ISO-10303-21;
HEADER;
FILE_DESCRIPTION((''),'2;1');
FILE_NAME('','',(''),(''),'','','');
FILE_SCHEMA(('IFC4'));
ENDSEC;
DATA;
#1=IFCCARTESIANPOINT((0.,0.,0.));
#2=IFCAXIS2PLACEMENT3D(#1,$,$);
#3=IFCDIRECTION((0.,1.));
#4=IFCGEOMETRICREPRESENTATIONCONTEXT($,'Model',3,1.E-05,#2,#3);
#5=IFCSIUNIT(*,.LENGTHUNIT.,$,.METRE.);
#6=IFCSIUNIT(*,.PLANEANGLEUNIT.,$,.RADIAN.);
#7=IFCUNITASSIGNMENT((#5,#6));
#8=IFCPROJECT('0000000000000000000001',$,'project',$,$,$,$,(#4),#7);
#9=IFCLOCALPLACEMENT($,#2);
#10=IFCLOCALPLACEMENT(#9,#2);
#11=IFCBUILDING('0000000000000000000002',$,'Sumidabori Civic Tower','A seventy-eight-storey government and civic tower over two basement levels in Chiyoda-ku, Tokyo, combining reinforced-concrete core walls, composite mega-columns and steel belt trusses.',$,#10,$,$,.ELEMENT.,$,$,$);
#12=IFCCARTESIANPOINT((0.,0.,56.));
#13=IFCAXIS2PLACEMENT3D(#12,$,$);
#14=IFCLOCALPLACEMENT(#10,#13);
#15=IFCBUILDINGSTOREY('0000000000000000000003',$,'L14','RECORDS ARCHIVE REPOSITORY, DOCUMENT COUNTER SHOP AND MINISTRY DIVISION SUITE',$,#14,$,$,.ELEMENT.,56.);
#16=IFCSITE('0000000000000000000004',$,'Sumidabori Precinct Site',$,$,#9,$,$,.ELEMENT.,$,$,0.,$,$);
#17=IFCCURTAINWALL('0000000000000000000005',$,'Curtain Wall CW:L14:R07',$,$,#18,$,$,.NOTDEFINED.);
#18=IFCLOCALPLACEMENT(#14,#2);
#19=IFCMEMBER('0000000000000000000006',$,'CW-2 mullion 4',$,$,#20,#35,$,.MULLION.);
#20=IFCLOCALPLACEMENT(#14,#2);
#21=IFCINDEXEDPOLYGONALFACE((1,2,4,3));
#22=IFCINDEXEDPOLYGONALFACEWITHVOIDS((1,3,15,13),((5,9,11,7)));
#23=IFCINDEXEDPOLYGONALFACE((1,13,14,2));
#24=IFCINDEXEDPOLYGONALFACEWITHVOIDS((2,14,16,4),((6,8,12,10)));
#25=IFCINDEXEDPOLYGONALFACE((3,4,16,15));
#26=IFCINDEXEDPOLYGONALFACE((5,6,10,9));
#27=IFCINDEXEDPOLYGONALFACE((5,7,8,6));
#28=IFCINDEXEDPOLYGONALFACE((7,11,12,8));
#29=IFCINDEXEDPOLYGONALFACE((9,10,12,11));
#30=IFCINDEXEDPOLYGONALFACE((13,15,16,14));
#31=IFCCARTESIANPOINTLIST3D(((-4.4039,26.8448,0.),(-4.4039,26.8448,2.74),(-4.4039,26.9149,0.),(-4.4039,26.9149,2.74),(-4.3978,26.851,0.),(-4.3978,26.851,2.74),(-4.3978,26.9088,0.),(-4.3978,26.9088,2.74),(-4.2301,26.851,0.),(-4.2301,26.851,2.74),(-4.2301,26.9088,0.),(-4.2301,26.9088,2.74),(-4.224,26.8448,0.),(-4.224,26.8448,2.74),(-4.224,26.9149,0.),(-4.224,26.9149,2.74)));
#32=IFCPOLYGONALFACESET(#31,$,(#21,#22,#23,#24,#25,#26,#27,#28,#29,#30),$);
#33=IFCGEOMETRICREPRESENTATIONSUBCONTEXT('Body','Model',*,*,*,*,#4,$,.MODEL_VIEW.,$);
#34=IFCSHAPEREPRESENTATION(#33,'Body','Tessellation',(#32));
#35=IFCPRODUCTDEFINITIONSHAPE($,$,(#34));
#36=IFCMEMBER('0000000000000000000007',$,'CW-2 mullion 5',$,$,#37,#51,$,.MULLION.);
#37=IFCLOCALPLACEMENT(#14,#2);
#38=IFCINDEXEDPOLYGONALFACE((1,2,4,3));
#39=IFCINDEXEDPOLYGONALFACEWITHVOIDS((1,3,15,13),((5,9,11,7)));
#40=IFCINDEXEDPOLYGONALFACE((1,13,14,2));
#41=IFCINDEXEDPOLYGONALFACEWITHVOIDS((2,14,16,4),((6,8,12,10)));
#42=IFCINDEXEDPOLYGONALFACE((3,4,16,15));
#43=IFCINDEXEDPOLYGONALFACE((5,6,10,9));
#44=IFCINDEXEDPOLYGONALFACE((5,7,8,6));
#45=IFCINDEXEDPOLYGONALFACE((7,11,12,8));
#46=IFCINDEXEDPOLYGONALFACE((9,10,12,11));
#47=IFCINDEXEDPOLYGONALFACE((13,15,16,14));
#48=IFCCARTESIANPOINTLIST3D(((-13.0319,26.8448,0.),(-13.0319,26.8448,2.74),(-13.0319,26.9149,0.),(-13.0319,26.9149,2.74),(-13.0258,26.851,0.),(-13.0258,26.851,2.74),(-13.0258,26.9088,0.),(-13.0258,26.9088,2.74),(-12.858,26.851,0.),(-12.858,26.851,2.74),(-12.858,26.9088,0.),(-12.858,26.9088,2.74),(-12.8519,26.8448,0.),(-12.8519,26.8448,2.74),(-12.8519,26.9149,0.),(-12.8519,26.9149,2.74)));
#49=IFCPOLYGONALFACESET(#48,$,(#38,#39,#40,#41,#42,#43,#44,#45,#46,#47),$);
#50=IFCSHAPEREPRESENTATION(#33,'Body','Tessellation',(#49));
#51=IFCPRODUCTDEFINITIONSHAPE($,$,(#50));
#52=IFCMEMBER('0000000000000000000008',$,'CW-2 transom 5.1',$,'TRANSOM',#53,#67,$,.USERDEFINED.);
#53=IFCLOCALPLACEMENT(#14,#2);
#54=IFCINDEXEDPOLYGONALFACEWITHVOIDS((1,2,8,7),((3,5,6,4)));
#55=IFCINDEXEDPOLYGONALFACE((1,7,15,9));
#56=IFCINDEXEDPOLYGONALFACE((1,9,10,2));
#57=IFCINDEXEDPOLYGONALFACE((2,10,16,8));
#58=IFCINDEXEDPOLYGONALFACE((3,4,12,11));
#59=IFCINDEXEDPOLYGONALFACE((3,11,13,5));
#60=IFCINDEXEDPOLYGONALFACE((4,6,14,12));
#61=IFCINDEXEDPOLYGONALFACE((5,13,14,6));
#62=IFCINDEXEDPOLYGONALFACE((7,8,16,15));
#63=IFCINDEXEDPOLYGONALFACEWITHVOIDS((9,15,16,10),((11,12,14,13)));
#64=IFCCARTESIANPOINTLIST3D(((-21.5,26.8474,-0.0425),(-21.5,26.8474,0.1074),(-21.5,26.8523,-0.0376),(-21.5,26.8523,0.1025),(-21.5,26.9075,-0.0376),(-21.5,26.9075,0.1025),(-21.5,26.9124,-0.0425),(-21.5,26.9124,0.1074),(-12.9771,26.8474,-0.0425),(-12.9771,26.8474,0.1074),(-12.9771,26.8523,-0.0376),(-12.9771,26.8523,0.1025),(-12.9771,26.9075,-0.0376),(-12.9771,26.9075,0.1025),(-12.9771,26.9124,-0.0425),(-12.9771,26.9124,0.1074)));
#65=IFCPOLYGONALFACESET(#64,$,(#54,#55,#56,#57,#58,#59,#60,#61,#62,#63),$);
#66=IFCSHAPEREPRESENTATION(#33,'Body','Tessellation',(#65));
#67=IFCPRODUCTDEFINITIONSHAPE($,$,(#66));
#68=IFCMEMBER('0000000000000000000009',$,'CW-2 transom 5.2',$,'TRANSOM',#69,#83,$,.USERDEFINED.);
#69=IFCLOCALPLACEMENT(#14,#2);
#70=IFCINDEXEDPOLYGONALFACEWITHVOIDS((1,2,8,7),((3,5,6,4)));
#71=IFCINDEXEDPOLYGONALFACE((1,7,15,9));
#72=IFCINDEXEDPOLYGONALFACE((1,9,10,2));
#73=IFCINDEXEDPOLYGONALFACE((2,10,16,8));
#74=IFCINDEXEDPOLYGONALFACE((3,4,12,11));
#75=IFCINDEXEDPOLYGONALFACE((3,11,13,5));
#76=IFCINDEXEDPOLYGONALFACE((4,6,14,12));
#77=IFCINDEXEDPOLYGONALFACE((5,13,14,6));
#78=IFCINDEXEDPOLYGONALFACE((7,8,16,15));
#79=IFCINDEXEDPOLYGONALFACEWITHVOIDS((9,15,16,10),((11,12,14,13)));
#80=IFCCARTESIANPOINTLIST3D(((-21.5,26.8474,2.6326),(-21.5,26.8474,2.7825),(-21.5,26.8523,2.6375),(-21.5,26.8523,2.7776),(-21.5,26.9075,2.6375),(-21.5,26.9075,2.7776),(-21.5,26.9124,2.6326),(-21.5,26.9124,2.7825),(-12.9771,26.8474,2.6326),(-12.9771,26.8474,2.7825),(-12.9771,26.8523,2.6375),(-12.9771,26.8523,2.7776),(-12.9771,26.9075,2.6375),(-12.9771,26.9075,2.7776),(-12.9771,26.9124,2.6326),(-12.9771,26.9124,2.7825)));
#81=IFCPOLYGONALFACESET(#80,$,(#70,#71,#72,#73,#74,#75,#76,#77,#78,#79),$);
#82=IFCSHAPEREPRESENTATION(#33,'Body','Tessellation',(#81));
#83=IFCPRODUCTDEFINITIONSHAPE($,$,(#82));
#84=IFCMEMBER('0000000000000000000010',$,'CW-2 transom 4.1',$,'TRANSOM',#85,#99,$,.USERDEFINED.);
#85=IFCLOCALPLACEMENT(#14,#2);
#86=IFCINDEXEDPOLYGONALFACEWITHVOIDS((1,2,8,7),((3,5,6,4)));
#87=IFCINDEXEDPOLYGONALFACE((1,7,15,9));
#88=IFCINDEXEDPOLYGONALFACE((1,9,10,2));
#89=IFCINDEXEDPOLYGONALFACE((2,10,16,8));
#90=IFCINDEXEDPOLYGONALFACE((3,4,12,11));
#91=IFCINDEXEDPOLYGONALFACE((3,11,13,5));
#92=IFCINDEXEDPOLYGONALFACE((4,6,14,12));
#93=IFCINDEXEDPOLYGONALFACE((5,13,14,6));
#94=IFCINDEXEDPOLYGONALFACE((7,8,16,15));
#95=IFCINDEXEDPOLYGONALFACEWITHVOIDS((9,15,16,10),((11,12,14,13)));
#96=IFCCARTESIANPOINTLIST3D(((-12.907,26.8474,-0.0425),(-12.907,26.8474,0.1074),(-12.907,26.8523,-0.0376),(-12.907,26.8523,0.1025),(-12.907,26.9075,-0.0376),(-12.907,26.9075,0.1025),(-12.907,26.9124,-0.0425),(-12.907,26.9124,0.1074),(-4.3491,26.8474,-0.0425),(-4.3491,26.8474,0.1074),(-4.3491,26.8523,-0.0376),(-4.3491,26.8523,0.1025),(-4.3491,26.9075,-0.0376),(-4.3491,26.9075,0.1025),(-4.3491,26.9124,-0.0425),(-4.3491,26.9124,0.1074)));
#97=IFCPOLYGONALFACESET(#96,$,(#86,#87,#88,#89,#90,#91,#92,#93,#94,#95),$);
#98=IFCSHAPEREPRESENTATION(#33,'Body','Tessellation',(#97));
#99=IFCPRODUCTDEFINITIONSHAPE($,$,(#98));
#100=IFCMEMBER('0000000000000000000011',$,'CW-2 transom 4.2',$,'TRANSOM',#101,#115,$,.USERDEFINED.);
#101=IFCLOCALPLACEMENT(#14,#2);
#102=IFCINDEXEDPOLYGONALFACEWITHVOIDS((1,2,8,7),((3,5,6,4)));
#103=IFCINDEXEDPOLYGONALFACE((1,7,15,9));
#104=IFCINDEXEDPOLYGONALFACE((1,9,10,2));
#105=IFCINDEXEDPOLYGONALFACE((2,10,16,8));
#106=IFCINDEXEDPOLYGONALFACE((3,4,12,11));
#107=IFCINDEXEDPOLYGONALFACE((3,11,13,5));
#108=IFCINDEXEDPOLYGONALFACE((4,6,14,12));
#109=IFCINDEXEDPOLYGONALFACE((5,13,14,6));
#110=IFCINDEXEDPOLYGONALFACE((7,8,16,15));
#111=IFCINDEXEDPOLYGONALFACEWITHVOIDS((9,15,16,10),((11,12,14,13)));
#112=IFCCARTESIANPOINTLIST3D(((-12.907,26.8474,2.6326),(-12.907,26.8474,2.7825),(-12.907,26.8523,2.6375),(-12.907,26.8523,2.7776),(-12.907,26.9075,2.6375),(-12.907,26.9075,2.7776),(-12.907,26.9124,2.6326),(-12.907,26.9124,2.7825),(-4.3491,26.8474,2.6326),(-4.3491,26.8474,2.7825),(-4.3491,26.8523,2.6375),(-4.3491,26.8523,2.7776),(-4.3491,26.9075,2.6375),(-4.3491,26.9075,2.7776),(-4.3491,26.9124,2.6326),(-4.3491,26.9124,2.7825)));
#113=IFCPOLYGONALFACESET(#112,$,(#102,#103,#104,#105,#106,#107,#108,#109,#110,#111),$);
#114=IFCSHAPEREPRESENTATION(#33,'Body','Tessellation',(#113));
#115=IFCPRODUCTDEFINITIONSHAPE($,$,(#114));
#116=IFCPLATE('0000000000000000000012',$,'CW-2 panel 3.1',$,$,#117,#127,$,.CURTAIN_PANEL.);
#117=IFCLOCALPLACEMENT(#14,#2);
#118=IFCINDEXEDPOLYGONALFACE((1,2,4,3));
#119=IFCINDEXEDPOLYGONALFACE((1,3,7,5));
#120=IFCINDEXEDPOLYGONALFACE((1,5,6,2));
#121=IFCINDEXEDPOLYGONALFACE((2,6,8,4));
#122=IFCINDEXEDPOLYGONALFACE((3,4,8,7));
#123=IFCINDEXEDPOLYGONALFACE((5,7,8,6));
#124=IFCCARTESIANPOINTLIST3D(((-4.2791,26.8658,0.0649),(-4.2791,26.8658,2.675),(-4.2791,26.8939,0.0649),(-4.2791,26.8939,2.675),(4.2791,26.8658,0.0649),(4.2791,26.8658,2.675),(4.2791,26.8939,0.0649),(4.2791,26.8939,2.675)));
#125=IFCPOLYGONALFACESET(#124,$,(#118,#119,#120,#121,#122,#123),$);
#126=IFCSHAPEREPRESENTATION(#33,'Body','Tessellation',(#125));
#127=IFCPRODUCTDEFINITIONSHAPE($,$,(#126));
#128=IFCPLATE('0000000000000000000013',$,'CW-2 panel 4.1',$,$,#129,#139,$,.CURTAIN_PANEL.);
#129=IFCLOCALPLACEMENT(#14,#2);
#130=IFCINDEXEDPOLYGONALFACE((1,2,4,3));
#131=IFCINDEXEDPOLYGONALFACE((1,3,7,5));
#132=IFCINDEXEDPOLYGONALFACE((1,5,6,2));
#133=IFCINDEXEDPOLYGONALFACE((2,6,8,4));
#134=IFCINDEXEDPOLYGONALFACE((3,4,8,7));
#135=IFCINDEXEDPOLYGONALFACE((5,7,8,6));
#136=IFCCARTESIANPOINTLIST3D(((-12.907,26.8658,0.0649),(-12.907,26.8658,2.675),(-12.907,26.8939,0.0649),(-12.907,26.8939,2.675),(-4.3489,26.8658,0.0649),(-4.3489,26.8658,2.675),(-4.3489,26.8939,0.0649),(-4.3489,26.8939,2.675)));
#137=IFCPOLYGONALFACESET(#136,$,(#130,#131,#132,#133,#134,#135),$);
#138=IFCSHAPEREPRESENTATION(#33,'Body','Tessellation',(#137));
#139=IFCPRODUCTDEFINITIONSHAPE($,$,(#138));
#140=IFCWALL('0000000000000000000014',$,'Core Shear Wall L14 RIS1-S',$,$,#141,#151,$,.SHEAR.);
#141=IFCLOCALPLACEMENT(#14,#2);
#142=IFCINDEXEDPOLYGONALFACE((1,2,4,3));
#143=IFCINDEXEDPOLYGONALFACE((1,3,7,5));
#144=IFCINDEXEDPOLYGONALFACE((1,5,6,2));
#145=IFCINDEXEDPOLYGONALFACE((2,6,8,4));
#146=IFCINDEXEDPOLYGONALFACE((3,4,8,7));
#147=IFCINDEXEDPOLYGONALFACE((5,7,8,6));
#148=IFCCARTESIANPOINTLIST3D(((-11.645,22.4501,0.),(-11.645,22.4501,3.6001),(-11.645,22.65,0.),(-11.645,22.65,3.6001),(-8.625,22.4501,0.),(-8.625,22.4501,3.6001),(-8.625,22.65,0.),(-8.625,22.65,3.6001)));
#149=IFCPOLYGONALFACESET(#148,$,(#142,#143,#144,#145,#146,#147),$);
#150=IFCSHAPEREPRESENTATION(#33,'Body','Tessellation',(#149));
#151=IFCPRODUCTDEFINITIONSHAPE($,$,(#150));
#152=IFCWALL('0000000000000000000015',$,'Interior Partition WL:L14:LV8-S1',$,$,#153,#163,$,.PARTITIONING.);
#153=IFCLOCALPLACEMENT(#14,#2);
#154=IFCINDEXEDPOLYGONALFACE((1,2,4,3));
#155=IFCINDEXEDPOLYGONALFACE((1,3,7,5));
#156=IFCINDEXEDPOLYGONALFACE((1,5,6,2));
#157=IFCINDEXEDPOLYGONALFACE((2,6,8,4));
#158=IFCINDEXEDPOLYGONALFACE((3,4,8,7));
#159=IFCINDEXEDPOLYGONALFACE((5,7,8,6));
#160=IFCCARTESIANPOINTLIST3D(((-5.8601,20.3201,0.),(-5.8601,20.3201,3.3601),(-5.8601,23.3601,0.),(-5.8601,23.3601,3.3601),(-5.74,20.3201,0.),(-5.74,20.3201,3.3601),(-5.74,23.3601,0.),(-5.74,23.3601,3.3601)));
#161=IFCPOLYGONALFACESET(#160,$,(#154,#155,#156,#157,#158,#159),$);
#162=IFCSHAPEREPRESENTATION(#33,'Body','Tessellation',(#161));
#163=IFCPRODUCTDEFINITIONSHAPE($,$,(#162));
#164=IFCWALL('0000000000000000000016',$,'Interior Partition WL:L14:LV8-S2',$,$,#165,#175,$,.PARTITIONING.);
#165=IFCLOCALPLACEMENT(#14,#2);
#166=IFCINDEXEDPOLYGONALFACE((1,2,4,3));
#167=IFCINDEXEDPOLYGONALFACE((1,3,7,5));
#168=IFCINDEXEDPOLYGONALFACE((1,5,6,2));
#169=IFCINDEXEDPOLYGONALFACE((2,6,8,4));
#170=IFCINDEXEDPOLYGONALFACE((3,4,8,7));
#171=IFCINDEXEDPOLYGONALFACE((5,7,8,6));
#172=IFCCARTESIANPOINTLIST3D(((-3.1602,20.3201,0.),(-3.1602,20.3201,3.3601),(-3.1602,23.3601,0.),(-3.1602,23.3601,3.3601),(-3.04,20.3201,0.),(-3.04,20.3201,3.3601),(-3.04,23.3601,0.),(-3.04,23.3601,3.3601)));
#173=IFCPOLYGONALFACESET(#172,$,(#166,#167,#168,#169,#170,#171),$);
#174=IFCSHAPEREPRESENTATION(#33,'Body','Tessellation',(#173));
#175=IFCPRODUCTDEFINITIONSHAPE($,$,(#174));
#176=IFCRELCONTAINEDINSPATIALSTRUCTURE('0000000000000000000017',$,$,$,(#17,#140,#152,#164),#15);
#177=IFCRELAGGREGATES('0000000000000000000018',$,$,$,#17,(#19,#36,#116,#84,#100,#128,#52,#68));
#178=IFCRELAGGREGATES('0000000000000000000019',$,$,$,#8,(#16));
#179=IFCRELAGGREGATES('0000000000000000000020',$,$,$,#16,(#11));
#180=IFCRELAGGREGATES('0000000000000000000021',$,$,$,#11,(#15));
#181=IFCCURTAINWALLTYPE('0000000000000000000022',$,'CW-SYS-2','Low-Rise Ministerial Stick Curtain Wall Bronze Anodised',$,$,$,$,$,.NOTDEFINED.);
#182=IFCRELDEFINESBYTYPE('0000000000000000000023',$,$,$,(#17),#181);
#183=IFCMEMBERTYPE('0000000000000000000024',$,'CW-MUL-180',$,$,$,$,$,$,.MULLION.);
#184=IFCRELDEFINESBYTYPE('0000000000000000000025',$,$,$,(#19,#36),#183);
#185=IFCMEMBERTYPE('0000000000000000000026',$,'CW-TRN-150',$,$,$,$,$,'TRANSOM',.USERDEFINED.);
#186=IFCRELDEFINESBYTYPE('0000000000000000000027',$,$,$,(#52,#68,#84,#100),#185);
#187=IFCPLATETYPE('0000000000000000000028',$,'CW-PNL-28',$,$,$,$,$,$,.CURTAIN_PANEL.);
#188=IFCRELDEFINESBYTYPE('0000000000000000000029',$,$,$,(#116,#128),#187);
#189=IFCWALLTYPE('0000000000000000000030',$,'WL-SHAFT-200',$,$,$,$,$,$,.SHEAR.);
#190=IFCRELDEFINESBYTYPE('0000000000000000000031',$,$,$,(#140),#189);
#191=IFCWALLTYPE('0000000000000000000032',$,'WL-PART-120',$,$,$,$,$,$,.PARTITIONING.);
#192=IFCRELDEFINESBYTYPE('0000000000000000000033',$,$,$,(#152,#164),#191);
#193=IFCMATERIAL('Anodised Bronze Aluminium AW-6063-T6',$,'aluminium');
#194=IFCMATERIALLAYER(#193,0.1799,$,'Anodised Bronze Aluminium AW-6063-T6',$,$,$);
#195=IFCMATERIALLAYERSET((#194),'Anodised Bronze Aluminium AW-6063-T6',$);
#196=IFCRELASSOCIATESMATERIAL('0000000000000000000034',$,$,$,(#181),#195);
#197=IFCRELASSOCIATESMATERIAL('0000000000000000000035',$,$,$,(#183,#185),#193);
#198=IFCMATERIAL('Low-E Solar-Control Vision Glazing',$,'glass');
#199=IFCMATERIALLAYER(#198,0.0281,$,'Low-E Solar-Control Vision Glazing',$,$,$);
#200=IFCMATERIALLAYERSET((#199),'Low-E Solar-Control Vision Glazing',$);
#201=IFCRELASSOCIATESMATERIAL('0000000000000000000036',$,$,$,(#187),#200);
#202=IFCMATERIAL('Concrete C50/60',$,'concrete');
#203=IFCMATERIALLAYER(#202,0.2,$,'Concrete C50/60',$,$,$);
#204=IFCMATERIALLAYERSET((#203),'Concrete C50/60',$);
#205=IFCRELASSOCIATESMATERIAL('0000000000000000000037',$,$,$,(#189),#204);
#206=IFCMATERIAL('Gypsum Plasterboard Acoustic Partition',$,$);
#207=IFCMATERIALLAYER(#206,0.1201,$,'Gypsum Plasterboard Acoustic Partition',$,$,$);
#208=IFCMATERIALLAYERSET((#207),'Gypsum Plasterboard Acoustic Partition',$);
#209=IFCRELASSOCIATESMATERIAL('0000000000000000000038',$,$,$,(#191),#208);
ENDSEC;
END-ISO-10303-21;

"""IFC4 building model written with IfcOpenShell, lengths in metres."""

from ifc_helpers import new_model, si_unit, direction, frame, frame_2d, origin, origin_2d, place, context, subcontext, project, spatial, rectangle, hollow_rectangle, extrude, source, transform, mapped, material, layer, layer_set, material_profile, profile_set, type_object, element, aggregate, save


model = new_model("IFC4")

# Units and contexts
model_context = context("Model", 3, precision=1e-05, world=origin(), true_north=direction((0.0, 1.0)))
body_context = subcontext(model_context, "Body", "Model", "MODEL_VIEW")
ifc_project = project(units=[si_unit("LENGTHUNIT", "METRE"), si_unit("PLANEANGLEUNIT", "RADIAN")], contexts=[model_context])

# Site, building, storey
site_placement = place(None, origin())
site = spatial("IfcSite", under=ifc_project, at=site_placement, Name="Sumidabori Precinct Site", CompositionType="ELEMENT", RefElevation=0.0)
building_placement = place(site_placement, origin())
building = spatial("IfcBuilding", under=site, at=building_placement, Name="Sumidabori Civic Tower", Description="A seventy-eight-storey government and civic tower over two basement levels in Chiyoda-ku, Tokyo, combining reinforced-concrete core walls, composite mega-columns and steel belt trusses.", CompositionType="ELEMENT")
storey_placement = place(building_placement, frame((0.0, 0.0, 56.0)))
storey = spatial("IfcBuildingStorey", under=building, at=storey_placement, Name="L14", Description="RECORDS ARCHIVE REPOSITORY, DOCUMENT COUNTER SHOP AND MINISTRY DIVISION SUITE", CompositionType="ELEMENT", Elevation=56.0)

# Curtain wall, members, plates
ifc_material_1 = material(Name="Anodised Bronze Aluminium AW-6063-T6", Category="aluminium")
ifc_layer_1 = layer(ifc_material_1, 0.1799, Name="Anodised Bronze Aluminium AW-6063-T6")
ifc_layer_set_1 = layer_set([ifc_layer_1], Name="Anodised Bronze Aluminium AW-6063-T6")
curtain_wall_type = type_object("IfcCurtainWallType", Name="CW-SYS-2", Description="Low-Rise Ministerial Stick Curtain Wall Bronze Anodised", PredefinedType="NOTDEFINED", material=ifc_layer_set_1)
curtain_wall_placement = place(storey_placement, origin())
curtain_wall = element("IfcCurtainWall", 1, at=curtain_wall_placement, inside=storey, type_object=curtain_wall_type, Name="Curtain Wall CW:L14:R07", PredefinedType="NOTDEFINED")
ifc_material_profile_1 = material_profile(ifc_material_1, hollow_rectangle(XDim=0.0701, YDim=0.1799, WallThickness=0.0061, at=origin_2d()), Name="ALU MULLION 180x70")
ifc_profile_set_1 = profile_set([ifc_material_profile_1], Name="Anodised Bronze Aluminium AW-6063-T6")
member_type_1 = type_object("IfcMemberType", Name="CW-MUL-180", PredefinedType="MULLION", material=ifc_profile_set_1)
shared_shape_1 = source(origin(), body_context, "Body", "SweptSolid", [
    extrude(hollow_rectangle(XDim=0.0701, YDim=0.1799, WallThickness=0.0061, at=origin_2d()), origin(), (0.0, 0.0, 1.0), 2.74),
])
member_1_placement = place(storey_placement, frame((-4.314, 26.8799, 0.0), z_axis=(0.0, 0.0, 1.0), x_axis=(0.0, -1.0, 0.0)))
member_1 = element("IfcMember", 2, at=member_1_placement, type_object=member_type_1, Name="CW-2 mullion 4", PredefinedType="MULLION", context=body_context, shape_type="MappedRepresentation", body=[
    mapped(shared_shape_1, transform((0.0, 0.0, 0.0), x_axis=(1.0, 0.0, 0.0), y_axis=(0.0, 1.0, 0.0), z_axis=(0.0, 0.0, 1.0), scale=1.0)),
])
member_2_placement = place(storey_placement, frame((-12.9419, 26.8799, 0.0), z_axis=(0.0, 0.0, 1.0), x_axis=(0.0, -1.0, 0.0)))
member_2 = element("IfcMember", 3, at=member_2_placement, type_object=member_type_1, Name="CW-2 mullion 5", PredefinedType="MULLION", context=body_context, shape_type="MappedRepresentation", body=[
    mapped(shared_shape_1, transform((0.0, 0.0, 0.0), x_axis=(1.0, 0.0, 0.0), y_axis=(0.0, 1.0, 0.0), z_axis=(0.0, 0.0, 1.0), scale=1.0)),
])
ifc_material_profile_2 = material_profile(ifc_material_1, hollow_rectangle(XDim=0.0649, YDim=0.1499, WallThickness=0.0049, at=origin_2d()), Name="ALU TRANSOM 150x65")
ifc_profile_set_2 = profile_set([ifc_material_profile_2], Name="Anodised Bronze Aluminium AW-6063-T6")
member_type_2 = type_object("IfcMemberType", Name="CW-TRN-150", ElementType="TRANSOM", PredefinedType="USERDEFINED", material=ifc_profile_set_2)
shared_shape_2 = source(origin(), body_context, "Body", "SweptSolid", [
    extrude(hollow_rectangle(XDim=0.0649, YDim=0.1499, WallThickness=0.0049, at=origin_2d()), origin(), (0.0, 0.0, 1.0), 8.5229),
])
member_3_placement = place(storey_placement, frame((-12.9771, 26.8799, 0.0325), z_axis=(-1.0, 0.0, 0.0), x_axis=(0.0, -1.0, 0.0)))
member_3 = element("IfcMember", 4, at=member_3_placement, type_object=member_type_2, Name="CW-2 transom 5.1", ObjectType="TRANSOM", PredefinedType="USERDEFINED", context=body_context, shape_type="MappedRepresentation", body=[
    mapped(shared_shape_2, transform((0.0, 0.0, 0.0), x_axis=(1.0, 0.0, 0.0), y_axis=(0.0, 1.0, 0.0), z_axis=(0.0, 0.0, 1.0), scale=1.0)),
])
member_4_placement = place(storey_placement, frame((-12.9771, 26.8799, 2.7075), z_axis=(-1.0, 0.0, 0.0), x_axis=(0.0, -1.0, 0.0)))
member_4 = element("IfcMember", 5, at=member_4_placement, type_object=member_type_2, Name="CW-2 transom 5.2", ObjectType="TRANSOM", PredefinedType="USERDEFINED", context=body_context, shape_type="MappedRepresentation", body=[
    mapped(shared_shape_2, transform((0.0, 0.0, 0.0), x_axis=(1.0, 0.0, 0.0), y_axis=(0.0, 1.0, 0.0), z_axis=(0.0, 0.0, 1.0), scale=1.0)),
])
shared_shape_3 = source(origin(), body_context, "Body", "SweptSolid", [
    extrude(hollow_rectangle(XDim=0.0649, YDim=0.1499, WallThickness=0.0049, at=origin_2d()), origin(), (0.0, 0.0, 1.0), 8.5579),
])
member_5_placement = place(storey_placement, frame((-4.3491, 26.8799, 0.0325), z_axis=(-1.0, 0.0, 0.0), x_axis=(0.0, -1.0, 0.0)))
member_5 = element("IfcMember", 6, at=member_5_placement, type_object=member_type_2, Name="CW-2 transom 4.1", ObjectType="TRANSOM", PredefinedType="USERDEFINED", context=body_context, shape_type="MappedRepresentation", body=[
    mapped(shared_shape_3, transform((0.0, 0.0, 0.0), x_axis=(1.0, 0.0, 0.0), y_axis=(0.0, 1.0, 0.0), z_axis=(0.0, 0.0, 1.0), scale=1.0)),
])
member_6_placement = place(storey_placement, frame((-4.3491, 26.8799, 2.7075), z_axis=(-1.0, 0.0, 0.0), x_axis=(0.0, -1.0, 0.0)))
member_6 = element("IfcMember", 7, at=member_6_placement, type_object=member_type_2, Name="CW-2 transom 4.2", ObjectType="TRANSOM", PredefinedType="USERDEFINED", context=body_context, shape_type="MappedRepresentation", body=[
    mapped(shared_shape_3, transform((0.0, 0.0, 0.0), x_axis=(1.0, 0.0, 0.0), y_axis=(0.0, 1.0, 0.0), z_axis=(0.0, 0.0, 1.0), scale=1.0)),
])
ifc_material_2 = material(Name="Low-E Solar-Control Vision Glazing", Category="glass")
ifc_layer_2 = layer(ifc_material_2, 0.0281, Name="Low-E Solar-Control Vision Glazing")
ifc_layer_set_2 = layer_set([ifc_layer_2], Name="Low-E Solar-Control Vision Glazing")
plate_type = type_object("IfcPlateType", Name="CW-PNL-28", PredefinedType="CURTAIN_PANEL", material=ifc_layer_set_2)
shared_shape_4 = source(origin(), body_context, "Body", "SweptSolid", [
    extrude(rectangle(XDim=8.5581, YDim=0.0281, at=origin_2d()), origin(), (0.0, 0.0, 1.0), 2.6101),
])
plate_1_placement = place(storey_placement, frame((0.0, 26.8799, 0.0649), z_axis=(0.0, 0.0, 1.0), x_axis=(-1.0, 0.0, 0.0)))
plate_1 = element("IfcPlate", 8, at=plate_1_placement, type_object=plate_type, Name="CW-2 panel 3.1", PredefinedType="CURTAIN_PANEL", context=body_context, shape_type="MappedRepresentation", body=[
    mapped(shared_shape_4, transform((0.0, 0.0, 0.0), x_axis=(1.0, 0.0, 0.0), y_axis=(0.0, 1.0, 0.0), z_axis=(0.0, 0.0, 1.0), scale=1.0)),
])
plate_2_placement = place(storey_placement, frame((-8.6279, 26.8799, 0.0649), z_axis=(0.0, 0.0, 1.0), x_axis=(-1.0, 0.0, 0.0)))
plate_2 = element("IfcPlate", 9, at=plate_2_placement, type_object=plate_type, Name="CW-2 panel 4.1", PredefinedType="CURTAIN_PANEL", context=body_context, shape_type="MappedRepresentation", body=[
    mapped(shared_shape_4, transform((0.0, 0.0, 0.0), x_axis=(1.0, 0.0, 0.0), y_axis=(0.0, 1.0, 0.0), z_axis=(0.0, 0.0, 1.0), scale=1.0)),
])
aggregate(curtain_wall, [member_1, member_2, plate_1, member_5, member_6, plate_2, member_3, member_4])

# Wall
ifc_material_3 = material(Name="Concrete C50/60", Category="concrete")
ifc_layer_3 = layer(ifc_material_3, 0.2, Name="Concrete C50/60")
ifc_layer_set_3 = layer_set([ifc_layer_3], Name="Concrete C50/60")
wall_type_1 = type_object("IfcWallType", Name="WL-SHAFT-200", PredefinedType="SHEAR", material=ifc_layer_set_3)
shared_shape_5 = source(origin(), body_context, "Body", "SweptSolid", [
    extrude(rectangle(XDim=3.02, YDim=0.2, at=frame_2d((1.51, 0.0))), origin(), (0.0, 0.0, 1.0), 3.6001),
])
wall_1_placement = place(storey_placement, frame((-11.645, 22.55, 0.0), z_axis=(0.0, 0.0, 1.0), x_axis=(1.0, 0.0, 0.0)))
element("IfcWall", 10, at=wall_1_placement, inside=storey, type_object=wall_type_1, Name="Core Shear Wall L14 RIS1-S", PredefinedType="SHEAR", context=body_context, shape_type="MappedRepresentation", body=[
    mapped(shared_shape_5, transform((0.0, 0.0, 0.0), x_axis=(1.0, 0.0, 0.0), y_axis=(0.0, 1.0, 0.0), z_axis=(0.0, 0.0, 1.0), scale=1.0)),
])

# Shared definitions
ifc_material_4 = material(Name="Gypsum Plasterboard Acoustic Partition")

# Walls
ifc_layer_4 = layer(ifc_material_4, 0.1201, Name="Gypsum Plasterboard Acoustic Partition")
ifc_layer_set_4 = layer_set([ifc_layer_4], Name="Gypsum Plasterboard Acoustic Partition")
wall_type_2 = type_object("IfcWallType", Name="WL-PART-120", PredefinedType="PARTITIONING", material=ifc_layer_set_4)
shared_shape_6 = source(origin(), body_context, "Body", "SweptSolid", [
    extrude(rectangle(XDim=3.04, YDim=0.1201, at=frame_2d((1.52, 0.0))), origin(), (0.0, 0.0, 1.0), 3.3601),
])
for number, where, z_axis, x_axis, name in (
    (11, (-5.8, 20.3201, 0.0), (0.0, 0.0, 1.0), (0.0, 1.0, 0.0), "Interior Partition WL:L14:LV8-S1"),
    (12, (-3.1001, 20.3201, 0.0), (0.0, 0.0, 1.0), (0.0, 1.0, 0.0), "Interior Partition WL:L14:LV8-S2"),
):
    element("IfcWall", number, at=place(storey_placement, frame(where, z_axis=z_axis, x_axis=x_axis)), inside=storey, type_object=wall_type_2, Name=name, PredefinedType="PARTITIONING", context=body_context, shape_type="MappedRepresentation", body=[
        mapped(shared_shape_6, transform((0.0, 0.0, 0.0), x_axis=(1.0, 0.0, 0.0), y_axis=(0.0, 1.0, 0.0), z_axis=(0.0, 0.0, 1.0), scale=1.0)),
    ])

save(model, "model.ifc")
